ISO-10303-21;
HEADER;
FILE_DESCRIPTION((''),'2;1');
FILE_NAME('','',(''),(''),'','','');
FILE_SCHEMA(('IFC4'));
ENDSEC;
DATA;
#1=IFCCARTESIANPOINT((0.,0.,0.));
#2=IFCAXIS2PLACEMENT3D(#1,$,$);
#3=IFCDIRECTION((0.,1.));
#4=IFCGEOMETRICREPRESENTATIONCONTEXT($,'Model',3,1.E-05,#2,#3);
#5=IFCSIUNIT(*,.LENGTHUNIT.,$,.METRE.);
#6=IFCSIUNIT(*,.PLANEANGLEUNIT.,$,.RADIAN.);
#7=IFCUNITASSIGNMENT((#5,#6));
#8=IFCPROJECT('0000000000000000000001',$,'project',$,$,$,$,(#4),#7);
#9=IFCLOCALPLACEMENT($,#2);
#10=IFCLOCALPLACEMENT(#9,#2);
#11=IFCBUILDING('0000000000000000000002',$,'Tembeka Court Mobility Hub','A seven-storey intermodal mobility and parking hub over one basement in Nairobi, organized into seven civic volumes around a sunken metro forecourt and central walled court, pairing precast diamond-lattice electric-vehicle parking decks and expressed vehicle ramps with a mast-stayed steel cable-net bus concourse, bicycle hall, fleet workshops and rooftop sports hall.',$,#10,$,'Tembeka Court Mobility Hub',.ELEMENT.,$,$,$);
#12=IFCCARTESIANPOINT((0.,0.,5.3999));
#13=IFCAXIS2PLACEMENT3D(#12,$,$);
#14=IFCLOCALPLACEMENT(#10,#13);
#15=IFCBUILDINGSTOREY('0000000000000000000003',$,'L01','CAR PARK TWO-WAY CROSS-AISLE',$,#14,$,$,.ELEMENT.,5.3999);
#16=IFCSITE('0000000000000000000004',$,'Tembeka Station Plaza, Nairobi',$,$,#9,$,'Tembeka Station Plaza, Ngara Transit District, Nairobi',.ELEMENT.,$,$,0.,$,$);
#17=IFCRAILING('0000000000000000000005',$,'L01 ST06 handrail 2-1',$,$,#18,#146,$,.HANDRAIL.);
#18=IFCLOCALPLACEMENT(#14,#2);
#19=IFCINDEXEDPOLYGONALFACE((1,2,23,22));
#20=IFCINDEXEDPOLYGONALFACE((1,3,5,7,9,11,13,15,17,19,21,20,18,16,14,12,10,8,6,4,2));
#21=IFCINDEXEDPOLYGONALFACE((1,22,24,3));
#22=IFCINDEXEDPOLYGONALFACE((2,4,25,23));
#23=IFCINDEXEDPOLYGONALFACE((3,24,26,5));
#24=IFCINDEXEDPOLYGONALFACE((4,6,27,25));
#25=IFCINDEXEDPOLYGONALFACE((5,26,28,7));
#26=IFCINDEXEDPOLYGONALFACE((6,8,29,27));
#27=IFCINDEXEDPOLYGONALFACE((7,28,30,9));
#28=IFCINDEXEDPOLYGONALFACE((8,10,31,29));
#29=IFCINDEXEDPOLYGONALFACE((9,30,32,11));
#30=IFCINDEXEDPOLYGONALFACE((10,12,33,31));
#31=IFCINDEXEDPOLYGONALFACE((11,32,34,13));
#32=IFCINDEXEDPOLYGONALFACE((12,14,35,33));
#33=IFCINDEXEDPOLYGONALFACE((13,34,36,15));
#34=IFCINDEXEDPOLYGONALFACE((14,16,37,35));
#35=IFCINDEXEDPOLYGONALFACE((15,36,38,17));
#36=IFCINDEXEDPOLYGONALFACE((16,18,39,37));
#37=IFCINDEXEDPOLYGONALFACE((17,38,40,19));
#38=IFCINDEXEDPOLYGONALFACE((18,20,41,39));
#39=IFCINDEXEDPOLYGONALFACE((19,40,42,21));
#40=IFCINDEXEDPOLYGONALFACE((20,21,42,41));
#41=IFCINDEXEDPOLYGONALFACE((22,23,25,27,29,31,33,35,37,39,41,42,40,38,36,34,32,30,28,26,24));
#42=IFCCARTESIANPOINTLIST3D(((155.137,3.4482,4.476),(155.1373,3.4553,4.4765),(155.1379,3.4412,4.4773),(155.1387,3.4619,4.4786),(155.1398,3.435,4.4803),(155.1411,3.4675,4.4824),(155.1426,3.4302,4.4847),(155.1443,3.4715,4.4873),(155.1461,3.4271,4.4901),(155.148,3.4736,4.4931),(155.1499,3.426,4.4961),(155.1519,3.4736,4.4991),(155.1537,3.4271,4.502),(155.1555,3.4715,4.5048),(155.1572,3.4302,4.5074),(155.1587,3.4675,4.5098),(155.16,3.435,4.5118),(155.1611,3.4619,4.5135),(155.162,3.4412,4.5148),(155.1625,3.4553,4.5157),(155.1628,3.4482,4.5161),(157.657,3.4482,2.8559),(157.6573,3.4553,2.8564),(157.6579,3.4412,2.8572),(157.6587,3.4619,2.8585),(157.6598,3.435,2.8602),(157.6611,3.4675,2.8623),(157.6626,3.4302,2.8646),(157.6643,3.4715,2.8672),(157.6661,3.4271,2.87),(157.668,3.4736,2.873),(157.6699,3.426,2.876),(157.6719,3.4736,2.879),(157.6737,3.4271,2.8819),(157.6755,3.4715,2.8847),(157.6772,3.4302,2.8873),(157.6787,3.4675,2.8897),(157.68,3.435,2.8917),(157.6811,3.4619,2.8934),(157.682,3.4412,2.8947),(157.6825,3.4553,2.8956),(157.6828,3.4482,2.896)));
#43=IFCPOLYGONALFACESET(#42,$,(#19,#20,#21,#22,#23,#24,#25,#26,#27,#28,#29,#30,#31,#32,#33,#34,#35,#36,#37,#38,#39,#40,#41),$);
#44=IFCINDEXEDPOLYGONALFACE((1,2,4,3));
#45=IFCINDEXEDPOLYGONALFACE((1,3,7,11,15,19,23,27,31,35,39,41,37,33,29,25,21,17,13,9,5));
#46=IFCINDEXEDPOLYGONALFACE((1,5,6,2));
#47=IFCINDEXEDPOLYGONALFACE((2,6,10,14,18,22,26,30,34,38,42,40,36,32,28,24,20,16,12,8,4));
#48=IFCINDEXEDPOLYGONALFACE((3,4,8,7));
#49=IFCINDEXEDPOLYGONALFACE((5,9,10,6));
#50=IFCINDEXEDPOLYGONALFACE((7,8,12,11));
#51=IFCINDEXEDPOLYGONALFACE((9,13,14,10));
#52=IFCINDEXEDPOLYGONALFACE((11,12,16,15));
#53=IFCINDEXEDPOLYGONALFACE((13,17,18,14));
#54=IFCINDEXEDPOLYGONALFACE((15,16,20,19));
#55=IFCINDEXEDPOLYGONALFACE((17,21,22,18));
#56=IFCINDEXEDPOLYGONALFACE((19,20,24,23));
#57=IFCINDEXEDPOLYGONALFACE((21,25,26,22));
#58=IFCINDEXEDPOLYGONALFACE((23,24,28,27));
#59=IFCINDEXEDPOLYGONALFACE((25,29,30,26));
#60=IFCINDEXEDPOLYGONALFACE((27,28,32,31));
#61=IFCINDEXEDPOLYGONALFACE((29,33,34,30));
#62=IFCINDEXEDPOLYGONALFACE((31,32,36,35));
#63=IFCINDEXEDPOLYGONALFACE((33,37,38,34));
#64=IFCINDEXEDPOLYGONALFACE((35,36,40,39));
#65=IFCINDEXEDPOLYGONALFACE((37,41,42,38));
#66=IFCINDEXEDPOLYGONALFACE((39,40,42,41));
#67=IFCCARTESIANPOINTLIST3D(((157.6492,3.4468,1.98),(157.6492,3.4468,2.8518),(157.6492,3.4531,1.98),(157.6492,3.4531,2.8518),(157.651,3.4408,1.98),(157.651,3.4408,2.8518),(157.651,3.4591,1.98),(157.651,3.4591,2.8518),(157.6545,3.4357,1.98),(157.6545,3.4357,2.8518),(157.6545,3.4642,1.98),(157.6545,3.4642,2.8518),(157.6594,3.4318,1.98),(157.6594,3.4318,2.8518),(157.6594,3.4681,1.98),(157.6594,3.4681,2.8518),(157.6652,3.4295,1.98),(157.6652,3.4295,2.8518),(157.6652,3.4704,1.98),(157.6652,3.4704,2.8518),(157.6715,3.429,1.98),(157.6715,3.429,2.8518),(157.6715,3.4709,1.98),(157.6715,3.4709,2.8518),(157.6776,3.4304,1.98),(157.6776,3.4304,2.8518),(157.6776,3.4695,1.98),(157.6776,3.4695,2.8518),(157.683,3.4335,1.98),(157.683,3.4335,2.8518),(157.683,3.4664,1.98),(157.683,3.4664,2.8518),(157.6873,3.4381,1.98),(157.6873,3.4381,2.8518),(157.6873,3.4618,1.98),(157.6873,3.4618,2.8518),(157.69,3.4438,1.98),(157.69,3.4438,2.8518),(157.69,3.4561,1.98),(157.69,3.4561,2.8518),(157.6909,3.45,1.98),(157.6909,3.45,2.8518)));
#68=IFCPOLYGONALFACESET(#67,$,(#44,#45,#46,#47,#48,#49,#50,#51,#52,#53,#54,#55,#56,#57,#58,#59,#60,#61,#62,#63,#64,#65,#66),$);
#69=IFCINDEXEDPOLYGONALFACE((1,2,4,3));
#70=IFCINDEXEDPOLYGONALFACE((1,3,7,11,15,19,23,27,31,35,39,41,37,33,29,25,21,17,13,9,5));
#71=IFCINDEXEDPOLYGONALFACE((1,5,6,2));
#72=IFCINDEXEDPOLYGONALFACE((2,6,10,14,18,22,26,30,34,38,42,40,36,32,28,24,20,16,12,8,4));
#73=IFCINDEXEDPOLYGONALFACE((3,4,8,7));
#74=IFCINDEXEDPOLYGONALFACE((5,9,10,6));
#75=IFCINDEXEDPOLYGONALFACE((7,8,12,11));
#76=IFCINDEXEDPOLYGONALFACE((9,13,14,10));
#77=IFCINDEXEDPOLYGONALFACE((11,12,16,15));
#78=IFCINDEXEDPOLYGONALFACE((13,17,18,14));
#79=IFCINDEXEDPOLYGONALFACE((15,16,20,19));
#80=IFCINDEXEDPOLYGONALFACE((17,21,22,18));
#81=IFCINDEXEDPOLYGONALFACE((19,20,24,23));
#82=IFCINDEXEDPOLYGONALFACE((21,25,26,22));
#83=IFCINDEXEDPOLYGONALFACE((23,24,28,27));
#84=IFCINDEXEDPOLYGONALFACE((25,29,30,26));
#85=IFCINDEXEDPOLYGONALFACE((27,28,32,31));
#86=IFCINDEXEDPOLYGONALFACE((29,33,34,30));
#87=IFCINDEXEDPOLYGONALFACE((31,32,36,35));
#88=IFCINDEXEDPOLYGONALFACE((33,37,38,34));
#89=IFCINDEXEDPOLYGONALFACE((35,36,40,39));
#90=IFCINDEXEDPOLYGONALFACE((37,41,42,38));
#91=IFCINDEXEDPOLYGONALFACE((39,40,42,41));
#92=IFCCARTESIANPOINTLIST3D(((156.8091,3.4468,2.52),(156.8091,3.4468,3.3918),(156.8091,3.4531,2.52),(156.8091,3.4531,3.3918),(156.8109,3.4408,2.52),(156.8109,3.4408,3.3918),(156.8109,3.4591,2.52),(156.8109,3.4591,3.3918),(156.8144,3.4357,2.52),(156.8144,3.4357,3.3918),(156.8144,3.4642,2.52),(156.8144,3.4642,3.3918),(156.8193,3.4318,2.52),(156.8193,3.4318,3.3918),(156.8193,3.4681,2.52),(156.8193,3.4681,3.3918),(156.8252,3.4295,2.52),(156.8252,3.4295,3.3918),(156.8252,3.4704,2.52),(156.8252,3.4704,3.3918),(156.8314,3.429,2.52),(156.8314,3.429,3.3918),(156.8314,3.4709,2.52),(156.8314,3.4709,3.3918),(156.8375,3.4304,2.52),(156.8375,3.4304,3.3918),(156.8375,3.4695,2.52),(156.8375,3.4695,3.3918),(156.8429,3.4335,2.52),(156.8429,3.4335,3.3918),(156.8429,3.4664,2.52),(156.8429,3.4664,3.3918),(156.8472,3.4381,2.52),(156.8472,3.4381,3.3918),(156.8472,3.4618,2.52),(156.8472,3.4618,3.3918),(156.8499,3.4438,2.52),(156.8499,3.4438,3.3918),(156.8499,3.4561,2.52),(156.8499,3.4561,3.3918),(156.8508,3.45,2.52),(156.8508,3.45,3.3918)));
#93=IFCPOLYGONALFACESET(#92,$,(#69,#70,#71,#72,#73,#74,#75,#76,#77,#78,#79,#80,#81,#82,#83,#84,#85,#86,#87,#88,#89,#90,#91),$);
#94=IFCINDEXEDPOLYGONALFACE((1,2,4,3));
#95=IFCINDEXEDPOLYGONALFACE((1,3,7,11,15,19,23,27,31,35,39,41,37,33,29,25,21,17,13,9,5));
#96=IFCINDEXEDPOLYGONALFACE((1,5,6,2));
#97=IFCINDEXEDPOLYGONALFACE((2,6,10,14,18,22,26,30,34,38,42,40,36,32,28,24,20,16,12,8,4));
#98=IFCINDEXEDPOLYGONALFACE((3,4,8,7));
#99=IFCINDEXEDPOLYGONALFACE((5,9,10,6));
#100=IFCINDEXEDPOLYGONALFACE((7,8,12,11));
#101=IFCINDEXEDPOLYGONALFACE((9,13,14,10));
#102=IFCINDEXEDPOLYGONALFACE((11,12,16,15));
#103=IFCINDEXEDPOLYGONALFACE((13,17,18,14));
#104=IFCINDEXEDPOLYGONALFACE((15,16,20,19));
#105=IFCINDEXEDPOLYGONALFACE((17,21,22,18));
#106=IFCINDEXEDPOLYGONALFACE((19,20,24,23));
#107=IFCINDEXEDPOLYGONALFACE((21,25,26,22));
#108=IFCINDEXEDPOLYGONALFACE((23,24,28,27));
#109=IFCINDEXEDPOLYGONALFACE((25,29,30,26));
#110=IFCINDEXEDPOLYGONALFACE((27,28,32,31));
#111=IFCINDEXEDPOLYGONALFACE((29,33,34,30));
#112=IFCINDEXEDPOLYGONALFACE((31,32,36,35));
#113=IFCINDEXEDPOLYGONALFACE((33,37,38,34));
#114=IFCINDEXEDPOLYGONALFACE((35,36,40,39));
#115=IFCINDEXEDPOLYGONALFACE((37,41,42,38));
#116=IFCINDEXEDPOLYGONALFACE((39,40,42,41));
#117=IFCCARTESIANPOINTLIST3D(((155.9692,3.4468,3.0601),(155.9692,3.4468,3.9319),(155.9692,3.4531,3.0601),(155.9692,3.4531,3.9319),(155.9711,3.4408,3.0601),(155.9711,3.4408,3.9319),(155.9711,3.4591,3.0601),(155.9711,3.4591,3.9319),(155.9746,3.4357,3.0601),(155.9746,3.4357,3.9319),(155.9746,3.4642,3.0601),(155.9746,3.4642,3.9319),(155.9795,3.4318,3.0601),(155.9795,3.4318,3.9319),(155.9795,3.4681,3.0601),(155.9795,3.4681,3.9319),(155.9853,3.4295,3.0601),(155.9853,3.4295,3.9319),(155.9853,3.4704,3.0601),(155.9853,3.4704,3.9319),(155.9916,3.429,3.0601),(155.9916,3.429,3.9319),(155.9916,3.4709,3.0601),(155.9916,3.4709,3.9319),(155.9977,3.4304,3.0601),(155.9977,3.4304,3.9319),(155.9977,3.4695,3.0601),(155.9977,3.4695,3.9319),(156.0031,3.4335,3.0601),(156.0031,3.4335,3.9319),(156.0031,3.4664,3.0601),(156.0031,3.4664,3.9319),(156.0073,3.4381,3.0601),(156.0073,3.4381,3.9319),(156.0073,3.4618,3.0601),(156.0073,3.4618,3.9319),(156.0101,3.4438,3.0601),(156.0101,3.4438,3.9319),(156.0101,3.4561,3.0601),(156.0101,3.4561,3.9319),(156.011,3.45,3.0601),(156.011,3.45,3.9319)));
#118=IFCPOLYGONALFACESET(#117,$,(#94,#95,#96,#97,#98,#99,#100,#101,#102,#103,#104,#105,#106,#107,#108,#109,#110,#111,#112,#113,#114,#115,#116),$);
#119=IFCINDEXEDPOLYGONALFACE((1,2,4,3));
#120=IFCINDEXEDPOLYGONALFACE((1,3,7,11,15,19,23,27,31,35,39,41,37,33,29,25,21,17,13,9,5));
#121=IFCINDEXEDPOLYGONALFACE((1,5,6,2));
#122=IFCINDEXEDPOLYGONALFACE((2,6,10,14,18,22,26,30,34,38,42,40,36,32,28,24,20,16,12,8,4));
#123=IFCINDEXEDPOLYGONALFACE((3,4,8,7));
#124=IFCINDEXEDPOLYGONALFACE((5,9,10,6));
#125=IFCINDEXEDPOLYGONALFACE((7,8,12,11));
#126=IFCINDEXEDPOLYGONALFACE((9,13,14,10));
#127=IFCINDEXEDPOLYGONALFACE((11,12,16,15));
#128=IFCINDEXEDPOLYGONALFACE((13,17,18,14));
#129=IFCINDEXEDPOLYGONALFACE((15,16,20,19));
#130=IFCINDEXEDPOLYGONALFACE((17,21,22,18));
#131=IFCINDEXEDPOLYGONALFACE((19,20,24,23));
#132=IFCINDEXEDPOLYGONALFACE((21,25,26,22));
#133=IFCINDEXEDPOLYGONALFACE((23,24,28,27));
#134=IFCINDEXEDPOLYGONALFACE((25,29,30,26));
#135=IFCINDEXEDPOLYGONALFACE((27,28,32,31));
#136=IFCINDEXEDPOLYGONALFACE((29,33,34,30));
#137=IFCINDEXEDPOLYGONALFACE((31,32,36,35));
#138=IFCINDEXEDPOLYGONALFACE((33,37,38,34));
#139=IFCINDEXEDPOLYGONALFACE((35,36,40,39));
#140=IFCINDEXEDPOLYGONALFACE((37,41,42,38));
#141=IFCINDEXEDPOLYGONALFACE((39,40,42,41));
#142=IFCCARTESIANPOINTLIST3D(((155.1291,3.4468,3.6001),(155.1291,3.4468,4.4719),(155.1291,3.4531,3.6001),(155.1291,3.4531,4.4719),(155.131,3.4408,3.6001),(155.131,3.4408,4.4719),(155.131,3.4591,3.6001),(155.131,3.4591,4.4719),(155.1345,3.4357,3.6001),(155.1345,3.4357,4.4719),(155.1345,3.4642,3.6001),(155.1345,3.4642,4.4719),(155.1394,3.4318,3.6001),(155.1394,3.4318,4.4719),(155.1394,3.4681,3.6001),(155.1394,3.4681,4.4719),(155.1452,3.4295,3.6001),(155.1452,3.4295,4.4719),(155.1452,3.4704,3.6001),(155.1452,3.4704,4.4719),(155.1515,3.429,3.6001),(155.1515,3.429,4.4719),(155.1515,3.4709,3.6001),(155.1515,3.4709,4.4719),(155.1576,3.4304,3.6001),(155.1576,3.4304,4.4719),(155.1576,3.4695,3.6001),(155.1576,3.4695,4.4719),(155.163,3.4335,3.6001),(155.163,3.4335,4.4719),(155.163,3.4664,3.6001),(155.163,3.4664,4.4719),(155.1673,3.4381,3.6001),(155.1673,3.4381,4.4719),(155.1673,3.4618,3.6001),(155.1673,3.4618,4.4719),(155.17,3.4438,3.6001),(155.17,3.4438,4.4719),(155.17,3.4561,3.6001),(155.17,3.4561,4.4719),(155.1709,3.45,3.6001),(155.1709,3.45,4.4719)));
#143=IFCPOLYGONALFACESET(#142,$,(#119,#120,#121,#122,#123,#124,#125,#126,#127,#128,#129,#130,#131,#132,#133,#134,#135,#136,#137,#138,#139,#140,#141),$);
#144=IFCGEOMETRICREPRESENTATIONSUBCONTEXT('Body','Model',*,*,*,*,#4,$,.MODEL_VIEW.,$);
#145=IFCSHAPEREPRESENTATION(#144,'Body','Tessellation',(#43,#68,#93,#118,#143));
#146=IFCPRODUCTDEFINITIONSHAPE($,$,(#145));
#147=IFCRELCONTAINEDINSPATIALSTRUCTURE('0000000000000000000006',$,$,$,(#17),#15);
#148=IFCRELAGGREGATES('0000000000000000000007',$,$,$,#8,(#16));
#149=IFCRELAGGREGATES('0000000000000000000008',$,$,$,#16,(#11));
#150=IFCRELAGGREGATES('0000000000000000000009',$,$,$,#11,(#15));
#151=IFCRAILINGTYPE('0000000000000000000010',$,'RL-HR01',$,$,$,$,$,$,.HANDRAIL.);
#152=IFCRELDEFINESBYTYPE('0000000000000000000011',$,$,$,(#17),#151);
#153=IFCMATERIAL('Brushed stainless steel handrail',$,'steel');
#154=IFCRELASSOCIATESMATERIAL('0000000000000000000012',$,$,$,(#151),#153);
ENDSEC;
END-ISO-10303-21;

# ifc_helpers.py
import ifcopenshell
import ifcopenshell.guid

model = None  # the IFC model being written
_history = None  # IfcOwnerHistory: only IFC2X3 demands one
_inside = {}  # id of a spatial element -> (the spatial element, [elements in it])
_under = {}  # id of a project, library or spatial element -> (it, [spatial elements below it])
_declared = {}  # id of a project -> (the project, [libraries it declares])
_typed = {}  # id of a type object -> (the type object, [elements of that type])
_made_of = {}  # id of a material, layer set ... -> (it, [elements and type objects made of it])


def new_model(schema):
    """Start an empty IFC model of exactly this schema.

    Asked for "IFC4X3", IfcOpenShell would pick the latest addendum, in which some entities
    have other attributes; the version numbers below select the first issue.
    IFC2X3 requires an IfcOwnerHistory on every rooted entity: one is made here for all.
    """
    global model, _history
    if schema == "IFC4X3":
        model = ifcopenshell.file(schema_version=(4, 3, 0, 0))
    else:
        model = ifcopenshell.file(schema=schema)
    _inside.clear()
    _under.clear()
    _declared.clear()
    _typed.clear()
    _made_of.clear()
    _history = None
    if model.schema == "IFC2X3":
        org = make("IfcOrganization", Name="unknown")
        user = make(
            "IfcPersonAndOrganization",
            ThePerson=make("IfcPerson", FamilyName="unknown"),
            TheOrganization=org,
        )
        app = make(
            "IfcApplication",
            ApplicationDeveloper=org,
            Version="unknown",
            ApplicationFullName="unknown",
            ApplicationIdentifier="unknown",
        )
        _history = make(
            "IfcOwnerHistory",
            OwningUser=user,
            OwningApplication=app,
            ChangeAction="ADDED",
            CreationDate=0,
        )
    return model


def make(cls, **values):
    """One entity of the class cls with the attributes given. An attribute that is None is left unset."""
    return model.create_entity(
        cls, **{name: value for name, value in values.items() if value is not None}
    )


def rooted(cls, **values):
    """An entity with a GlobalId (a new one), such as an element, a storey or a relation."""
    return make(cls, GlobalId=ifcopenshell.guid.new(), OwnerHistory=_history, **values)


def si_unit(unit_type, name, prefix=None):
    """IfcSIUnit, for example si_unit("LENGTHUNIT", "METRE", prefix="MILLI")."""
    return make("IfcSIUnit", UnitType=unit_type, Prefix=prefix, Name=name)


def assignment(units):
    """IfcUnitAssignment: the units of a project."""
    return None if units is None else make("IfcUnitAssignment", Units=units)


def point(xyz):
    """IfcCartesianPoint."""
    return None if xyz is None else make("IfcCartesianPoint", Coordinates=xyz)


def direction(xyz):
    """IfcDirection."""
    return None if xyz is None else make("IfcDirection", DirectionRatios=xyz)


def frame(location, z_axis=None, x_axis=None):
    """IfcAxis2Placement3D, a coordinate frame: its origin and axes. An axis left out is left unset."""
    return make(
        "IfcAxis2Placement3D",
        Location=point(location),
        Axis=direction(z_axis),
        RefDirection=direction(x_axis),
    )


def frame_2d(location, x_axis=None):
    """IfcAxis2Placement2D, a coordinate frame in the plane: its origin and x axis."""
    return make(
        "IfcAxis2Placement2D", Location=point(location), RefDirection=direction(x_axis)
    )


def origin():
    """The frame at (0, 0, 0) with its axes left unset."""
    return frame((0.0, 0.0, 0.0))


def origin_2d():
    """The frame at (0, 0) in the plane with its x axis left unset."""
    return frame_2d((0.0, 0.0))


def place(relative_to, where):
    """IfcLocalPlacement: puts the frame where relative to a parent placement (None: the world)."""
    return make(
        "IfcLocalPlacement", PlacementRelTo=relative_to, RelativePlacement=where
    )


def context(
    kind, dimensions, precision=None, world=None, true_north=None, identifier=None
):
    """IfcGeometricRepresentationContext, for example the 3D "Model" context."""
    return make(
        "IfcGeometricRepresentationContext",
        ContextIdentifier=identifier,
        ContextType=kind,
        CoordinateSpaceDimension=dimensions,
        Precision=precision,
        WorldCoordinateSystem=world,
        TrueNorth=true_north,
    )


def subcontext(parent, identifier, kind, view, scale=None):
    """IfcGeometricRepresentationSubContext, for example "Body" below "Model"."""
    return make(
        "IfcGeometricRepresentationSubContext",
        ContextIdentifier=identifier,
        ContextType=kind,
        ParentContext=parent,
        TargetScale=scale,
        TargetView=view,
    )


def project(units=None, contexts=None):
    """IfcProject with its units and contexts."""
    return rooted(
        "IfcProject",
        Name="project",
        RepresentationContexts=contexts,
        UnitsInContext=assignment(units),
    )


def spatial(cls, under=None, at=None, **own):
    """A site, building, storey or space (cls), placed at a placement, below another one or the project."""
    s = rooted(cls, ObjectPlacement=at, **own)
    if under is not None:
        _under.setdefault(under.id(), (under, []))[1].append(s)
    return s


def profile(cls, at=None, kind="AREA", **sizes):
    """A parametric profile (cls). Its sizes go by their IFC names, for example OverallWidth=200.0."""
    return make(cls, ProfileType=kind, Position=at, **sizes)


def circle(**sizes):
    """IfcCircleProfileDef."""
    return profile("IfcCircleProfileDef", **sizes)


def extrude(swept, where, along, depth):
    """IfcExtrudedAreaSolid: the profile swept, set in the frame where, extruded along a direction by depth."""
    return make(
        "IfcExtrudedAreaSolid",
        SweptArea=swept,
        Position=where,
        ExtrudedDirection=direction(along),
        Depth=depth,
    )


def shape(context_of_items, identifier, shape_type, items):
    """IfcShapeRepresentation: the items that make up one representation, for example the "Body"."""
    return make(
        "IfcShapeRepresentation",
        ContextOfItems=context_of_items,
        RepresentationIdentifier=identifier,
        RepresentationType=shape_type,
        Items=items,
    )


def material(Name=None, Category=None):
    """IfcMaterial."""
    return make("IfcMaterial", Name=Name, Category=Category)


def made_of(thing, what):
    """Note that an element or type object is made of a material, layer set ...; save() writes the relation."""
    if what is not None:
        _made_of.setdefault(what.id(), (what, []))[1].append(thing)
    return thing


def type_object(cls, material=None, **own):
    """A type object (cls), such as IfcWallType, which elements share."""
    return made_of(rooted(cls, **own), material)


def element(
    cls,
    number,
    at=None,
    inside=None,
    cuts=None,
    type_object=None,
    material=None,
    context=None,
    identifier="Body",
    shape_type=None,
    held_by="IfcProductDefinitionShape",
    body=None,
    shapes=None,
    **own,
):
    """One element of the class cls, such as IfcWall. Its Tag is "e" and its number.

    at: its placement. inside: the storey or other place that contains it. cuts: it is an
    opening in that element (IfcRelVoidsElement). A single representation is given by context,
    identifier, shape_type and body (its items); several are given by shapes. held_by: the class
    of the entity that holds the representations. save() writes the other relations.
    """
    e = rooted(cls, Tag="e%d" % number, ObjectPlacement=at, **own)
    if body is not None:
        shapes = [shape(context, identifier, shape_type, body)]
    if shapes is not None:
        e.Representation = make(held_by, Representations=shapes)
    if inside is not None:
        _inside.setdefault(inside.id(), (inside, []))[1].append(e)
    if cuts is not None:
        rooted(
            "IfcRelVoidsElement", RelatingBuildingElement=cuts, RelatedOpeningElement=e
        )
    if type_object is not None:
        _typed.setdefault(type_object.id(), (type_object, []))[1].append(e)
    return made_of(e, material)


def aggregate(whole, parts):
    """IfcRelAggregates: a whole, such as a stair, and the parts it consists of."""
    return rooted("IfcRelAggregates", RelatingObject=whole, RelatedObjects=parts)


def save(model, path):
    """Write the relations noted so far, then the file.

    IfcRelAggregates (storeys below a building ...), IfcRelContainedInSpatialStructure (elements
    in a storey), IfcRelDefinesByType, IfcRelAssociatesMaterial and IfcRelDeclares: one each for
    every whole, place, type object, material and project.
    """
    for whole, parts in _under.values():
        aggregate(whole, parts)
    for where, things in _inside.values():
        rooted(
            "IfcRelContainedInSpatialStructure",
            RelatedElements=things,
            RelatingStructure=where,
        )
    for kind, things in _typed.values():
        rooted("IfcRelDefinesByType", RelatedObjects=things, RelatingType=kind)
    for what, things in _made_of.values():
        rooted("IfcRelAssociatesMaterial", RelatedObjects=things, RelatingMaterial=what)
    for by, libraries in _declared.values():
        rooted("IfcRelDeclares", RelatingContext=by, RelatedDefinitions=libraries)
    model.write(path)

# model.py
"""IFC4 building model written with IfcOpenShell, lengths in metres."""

from ifc_helpers import new_model, si_unit, direction, frame, origin, origin_2d, place, context, subcontext, project, spatial, circle, extrude, material, type_object, element, save


model = new_model("IFC4")

# Units and contexts
model_context = context("Model", 3, precision=1e-05, world=origin(), true_north=direction((0.0, 1.0)))
body_context = subcontext(model_context, "Body", "Model", "MODEL_VIEW")
ifc_project = project(units=[si_unit("LENGTHUNIT", "METRE"), si_unit("PLANEANGLEUNIT", "RADIAN")], contexts=[model_context])

# Site, building, storey
site_placement = place(None, origin())
site = spatial("IfcSite", under=ifc_project, at=site_placement, Name="Tembeka Station Plaza, Nairobi", LongName="Tembeka Station Plaza, Ngara Transit District, Nairobi", CompositionType="ELEMENT", RefElevation=0.0)
building_placement = place(site_placement, origin())
building = spatial("IfcBuilding", under=site, at=building_placement, Name="Tembeka Court Mobility Hub", Description="A seven-storey intermodal mobility and parking hub over one basement in Nairobi, organized into seven civic volumes around a sunken metro forecourt and central walled court, pairing precast diamond-lattice electric-vehicle parking decks and expressed vehicle ramps with a mast-stayed steel cable-net bus concourse, bicycle hall, fleet workshops and rooftop sports hall.", LongName="Tembeka Court Mobility Hub", CompositionType="ELEMENT")
storey_placement = place(building_placement, frame((0.0, 0.0, 5.3999)))
storey = spatial("IfcBuildingStorey", under=building, at=storey_placement, Name="L01", Description="CAR PARK TWO-WAY CROSS-AISLE", CompositionType="ELEMENT", Elevation=5.3999)

# Railing
ifc_material_1 = material(Name="Brushed stainless steel handrail", Category="steel")
railing_type_1 = type_object("IfcRailingType", Name="RL-HR01", PredefinedType="HANDRAIL", material=ifc_material_1)
railing_1_placement = place(storey_placement, frame((157.6699, 3.45, 1.98)))
element("IfcRailing", 1, at=railing_1_placement, inside=storey, type_object=railing_type_1, Name="L01 ST06 handrail 2-1", PredefinedType="HANDRAIL", context=body_context, shape_type="SweptSolid", body=[
    extrude(circle(Radius=0.0239, at=origin_2d()), frame((0.0, 0.0, 0.896), z_axis=(-0.841163, 0.0, 0.540782), x_axis=(0.0, -1.0, 0.0)), (0.0, 0.0, 1.0), 2.9958),
    extrude(circle(Radius=0.021, at=origin_2d()), origin(), (0.0, 0.0, 1.0), 0.8718),
    extrude(circle(Radius=0.021, at=origin_2d()), frame((-0.8401, 0.0, 0.54)), (0.0, 0.0, 1.0), 0.8718),
    extrude(circle(Radius=0.021, at=origin_2d()), frame((-1.6799, 0.0, 1.0801)), (0.0, 0.0, 1.0), 0.8718),
    extrude(circle(Radius=0.021, at=origin_2d()), frame((-2.52, 0.0, 1.6201)), (0.0, 0.0, 1.0), 0.8718),
])

save(model, "model.ifc")
